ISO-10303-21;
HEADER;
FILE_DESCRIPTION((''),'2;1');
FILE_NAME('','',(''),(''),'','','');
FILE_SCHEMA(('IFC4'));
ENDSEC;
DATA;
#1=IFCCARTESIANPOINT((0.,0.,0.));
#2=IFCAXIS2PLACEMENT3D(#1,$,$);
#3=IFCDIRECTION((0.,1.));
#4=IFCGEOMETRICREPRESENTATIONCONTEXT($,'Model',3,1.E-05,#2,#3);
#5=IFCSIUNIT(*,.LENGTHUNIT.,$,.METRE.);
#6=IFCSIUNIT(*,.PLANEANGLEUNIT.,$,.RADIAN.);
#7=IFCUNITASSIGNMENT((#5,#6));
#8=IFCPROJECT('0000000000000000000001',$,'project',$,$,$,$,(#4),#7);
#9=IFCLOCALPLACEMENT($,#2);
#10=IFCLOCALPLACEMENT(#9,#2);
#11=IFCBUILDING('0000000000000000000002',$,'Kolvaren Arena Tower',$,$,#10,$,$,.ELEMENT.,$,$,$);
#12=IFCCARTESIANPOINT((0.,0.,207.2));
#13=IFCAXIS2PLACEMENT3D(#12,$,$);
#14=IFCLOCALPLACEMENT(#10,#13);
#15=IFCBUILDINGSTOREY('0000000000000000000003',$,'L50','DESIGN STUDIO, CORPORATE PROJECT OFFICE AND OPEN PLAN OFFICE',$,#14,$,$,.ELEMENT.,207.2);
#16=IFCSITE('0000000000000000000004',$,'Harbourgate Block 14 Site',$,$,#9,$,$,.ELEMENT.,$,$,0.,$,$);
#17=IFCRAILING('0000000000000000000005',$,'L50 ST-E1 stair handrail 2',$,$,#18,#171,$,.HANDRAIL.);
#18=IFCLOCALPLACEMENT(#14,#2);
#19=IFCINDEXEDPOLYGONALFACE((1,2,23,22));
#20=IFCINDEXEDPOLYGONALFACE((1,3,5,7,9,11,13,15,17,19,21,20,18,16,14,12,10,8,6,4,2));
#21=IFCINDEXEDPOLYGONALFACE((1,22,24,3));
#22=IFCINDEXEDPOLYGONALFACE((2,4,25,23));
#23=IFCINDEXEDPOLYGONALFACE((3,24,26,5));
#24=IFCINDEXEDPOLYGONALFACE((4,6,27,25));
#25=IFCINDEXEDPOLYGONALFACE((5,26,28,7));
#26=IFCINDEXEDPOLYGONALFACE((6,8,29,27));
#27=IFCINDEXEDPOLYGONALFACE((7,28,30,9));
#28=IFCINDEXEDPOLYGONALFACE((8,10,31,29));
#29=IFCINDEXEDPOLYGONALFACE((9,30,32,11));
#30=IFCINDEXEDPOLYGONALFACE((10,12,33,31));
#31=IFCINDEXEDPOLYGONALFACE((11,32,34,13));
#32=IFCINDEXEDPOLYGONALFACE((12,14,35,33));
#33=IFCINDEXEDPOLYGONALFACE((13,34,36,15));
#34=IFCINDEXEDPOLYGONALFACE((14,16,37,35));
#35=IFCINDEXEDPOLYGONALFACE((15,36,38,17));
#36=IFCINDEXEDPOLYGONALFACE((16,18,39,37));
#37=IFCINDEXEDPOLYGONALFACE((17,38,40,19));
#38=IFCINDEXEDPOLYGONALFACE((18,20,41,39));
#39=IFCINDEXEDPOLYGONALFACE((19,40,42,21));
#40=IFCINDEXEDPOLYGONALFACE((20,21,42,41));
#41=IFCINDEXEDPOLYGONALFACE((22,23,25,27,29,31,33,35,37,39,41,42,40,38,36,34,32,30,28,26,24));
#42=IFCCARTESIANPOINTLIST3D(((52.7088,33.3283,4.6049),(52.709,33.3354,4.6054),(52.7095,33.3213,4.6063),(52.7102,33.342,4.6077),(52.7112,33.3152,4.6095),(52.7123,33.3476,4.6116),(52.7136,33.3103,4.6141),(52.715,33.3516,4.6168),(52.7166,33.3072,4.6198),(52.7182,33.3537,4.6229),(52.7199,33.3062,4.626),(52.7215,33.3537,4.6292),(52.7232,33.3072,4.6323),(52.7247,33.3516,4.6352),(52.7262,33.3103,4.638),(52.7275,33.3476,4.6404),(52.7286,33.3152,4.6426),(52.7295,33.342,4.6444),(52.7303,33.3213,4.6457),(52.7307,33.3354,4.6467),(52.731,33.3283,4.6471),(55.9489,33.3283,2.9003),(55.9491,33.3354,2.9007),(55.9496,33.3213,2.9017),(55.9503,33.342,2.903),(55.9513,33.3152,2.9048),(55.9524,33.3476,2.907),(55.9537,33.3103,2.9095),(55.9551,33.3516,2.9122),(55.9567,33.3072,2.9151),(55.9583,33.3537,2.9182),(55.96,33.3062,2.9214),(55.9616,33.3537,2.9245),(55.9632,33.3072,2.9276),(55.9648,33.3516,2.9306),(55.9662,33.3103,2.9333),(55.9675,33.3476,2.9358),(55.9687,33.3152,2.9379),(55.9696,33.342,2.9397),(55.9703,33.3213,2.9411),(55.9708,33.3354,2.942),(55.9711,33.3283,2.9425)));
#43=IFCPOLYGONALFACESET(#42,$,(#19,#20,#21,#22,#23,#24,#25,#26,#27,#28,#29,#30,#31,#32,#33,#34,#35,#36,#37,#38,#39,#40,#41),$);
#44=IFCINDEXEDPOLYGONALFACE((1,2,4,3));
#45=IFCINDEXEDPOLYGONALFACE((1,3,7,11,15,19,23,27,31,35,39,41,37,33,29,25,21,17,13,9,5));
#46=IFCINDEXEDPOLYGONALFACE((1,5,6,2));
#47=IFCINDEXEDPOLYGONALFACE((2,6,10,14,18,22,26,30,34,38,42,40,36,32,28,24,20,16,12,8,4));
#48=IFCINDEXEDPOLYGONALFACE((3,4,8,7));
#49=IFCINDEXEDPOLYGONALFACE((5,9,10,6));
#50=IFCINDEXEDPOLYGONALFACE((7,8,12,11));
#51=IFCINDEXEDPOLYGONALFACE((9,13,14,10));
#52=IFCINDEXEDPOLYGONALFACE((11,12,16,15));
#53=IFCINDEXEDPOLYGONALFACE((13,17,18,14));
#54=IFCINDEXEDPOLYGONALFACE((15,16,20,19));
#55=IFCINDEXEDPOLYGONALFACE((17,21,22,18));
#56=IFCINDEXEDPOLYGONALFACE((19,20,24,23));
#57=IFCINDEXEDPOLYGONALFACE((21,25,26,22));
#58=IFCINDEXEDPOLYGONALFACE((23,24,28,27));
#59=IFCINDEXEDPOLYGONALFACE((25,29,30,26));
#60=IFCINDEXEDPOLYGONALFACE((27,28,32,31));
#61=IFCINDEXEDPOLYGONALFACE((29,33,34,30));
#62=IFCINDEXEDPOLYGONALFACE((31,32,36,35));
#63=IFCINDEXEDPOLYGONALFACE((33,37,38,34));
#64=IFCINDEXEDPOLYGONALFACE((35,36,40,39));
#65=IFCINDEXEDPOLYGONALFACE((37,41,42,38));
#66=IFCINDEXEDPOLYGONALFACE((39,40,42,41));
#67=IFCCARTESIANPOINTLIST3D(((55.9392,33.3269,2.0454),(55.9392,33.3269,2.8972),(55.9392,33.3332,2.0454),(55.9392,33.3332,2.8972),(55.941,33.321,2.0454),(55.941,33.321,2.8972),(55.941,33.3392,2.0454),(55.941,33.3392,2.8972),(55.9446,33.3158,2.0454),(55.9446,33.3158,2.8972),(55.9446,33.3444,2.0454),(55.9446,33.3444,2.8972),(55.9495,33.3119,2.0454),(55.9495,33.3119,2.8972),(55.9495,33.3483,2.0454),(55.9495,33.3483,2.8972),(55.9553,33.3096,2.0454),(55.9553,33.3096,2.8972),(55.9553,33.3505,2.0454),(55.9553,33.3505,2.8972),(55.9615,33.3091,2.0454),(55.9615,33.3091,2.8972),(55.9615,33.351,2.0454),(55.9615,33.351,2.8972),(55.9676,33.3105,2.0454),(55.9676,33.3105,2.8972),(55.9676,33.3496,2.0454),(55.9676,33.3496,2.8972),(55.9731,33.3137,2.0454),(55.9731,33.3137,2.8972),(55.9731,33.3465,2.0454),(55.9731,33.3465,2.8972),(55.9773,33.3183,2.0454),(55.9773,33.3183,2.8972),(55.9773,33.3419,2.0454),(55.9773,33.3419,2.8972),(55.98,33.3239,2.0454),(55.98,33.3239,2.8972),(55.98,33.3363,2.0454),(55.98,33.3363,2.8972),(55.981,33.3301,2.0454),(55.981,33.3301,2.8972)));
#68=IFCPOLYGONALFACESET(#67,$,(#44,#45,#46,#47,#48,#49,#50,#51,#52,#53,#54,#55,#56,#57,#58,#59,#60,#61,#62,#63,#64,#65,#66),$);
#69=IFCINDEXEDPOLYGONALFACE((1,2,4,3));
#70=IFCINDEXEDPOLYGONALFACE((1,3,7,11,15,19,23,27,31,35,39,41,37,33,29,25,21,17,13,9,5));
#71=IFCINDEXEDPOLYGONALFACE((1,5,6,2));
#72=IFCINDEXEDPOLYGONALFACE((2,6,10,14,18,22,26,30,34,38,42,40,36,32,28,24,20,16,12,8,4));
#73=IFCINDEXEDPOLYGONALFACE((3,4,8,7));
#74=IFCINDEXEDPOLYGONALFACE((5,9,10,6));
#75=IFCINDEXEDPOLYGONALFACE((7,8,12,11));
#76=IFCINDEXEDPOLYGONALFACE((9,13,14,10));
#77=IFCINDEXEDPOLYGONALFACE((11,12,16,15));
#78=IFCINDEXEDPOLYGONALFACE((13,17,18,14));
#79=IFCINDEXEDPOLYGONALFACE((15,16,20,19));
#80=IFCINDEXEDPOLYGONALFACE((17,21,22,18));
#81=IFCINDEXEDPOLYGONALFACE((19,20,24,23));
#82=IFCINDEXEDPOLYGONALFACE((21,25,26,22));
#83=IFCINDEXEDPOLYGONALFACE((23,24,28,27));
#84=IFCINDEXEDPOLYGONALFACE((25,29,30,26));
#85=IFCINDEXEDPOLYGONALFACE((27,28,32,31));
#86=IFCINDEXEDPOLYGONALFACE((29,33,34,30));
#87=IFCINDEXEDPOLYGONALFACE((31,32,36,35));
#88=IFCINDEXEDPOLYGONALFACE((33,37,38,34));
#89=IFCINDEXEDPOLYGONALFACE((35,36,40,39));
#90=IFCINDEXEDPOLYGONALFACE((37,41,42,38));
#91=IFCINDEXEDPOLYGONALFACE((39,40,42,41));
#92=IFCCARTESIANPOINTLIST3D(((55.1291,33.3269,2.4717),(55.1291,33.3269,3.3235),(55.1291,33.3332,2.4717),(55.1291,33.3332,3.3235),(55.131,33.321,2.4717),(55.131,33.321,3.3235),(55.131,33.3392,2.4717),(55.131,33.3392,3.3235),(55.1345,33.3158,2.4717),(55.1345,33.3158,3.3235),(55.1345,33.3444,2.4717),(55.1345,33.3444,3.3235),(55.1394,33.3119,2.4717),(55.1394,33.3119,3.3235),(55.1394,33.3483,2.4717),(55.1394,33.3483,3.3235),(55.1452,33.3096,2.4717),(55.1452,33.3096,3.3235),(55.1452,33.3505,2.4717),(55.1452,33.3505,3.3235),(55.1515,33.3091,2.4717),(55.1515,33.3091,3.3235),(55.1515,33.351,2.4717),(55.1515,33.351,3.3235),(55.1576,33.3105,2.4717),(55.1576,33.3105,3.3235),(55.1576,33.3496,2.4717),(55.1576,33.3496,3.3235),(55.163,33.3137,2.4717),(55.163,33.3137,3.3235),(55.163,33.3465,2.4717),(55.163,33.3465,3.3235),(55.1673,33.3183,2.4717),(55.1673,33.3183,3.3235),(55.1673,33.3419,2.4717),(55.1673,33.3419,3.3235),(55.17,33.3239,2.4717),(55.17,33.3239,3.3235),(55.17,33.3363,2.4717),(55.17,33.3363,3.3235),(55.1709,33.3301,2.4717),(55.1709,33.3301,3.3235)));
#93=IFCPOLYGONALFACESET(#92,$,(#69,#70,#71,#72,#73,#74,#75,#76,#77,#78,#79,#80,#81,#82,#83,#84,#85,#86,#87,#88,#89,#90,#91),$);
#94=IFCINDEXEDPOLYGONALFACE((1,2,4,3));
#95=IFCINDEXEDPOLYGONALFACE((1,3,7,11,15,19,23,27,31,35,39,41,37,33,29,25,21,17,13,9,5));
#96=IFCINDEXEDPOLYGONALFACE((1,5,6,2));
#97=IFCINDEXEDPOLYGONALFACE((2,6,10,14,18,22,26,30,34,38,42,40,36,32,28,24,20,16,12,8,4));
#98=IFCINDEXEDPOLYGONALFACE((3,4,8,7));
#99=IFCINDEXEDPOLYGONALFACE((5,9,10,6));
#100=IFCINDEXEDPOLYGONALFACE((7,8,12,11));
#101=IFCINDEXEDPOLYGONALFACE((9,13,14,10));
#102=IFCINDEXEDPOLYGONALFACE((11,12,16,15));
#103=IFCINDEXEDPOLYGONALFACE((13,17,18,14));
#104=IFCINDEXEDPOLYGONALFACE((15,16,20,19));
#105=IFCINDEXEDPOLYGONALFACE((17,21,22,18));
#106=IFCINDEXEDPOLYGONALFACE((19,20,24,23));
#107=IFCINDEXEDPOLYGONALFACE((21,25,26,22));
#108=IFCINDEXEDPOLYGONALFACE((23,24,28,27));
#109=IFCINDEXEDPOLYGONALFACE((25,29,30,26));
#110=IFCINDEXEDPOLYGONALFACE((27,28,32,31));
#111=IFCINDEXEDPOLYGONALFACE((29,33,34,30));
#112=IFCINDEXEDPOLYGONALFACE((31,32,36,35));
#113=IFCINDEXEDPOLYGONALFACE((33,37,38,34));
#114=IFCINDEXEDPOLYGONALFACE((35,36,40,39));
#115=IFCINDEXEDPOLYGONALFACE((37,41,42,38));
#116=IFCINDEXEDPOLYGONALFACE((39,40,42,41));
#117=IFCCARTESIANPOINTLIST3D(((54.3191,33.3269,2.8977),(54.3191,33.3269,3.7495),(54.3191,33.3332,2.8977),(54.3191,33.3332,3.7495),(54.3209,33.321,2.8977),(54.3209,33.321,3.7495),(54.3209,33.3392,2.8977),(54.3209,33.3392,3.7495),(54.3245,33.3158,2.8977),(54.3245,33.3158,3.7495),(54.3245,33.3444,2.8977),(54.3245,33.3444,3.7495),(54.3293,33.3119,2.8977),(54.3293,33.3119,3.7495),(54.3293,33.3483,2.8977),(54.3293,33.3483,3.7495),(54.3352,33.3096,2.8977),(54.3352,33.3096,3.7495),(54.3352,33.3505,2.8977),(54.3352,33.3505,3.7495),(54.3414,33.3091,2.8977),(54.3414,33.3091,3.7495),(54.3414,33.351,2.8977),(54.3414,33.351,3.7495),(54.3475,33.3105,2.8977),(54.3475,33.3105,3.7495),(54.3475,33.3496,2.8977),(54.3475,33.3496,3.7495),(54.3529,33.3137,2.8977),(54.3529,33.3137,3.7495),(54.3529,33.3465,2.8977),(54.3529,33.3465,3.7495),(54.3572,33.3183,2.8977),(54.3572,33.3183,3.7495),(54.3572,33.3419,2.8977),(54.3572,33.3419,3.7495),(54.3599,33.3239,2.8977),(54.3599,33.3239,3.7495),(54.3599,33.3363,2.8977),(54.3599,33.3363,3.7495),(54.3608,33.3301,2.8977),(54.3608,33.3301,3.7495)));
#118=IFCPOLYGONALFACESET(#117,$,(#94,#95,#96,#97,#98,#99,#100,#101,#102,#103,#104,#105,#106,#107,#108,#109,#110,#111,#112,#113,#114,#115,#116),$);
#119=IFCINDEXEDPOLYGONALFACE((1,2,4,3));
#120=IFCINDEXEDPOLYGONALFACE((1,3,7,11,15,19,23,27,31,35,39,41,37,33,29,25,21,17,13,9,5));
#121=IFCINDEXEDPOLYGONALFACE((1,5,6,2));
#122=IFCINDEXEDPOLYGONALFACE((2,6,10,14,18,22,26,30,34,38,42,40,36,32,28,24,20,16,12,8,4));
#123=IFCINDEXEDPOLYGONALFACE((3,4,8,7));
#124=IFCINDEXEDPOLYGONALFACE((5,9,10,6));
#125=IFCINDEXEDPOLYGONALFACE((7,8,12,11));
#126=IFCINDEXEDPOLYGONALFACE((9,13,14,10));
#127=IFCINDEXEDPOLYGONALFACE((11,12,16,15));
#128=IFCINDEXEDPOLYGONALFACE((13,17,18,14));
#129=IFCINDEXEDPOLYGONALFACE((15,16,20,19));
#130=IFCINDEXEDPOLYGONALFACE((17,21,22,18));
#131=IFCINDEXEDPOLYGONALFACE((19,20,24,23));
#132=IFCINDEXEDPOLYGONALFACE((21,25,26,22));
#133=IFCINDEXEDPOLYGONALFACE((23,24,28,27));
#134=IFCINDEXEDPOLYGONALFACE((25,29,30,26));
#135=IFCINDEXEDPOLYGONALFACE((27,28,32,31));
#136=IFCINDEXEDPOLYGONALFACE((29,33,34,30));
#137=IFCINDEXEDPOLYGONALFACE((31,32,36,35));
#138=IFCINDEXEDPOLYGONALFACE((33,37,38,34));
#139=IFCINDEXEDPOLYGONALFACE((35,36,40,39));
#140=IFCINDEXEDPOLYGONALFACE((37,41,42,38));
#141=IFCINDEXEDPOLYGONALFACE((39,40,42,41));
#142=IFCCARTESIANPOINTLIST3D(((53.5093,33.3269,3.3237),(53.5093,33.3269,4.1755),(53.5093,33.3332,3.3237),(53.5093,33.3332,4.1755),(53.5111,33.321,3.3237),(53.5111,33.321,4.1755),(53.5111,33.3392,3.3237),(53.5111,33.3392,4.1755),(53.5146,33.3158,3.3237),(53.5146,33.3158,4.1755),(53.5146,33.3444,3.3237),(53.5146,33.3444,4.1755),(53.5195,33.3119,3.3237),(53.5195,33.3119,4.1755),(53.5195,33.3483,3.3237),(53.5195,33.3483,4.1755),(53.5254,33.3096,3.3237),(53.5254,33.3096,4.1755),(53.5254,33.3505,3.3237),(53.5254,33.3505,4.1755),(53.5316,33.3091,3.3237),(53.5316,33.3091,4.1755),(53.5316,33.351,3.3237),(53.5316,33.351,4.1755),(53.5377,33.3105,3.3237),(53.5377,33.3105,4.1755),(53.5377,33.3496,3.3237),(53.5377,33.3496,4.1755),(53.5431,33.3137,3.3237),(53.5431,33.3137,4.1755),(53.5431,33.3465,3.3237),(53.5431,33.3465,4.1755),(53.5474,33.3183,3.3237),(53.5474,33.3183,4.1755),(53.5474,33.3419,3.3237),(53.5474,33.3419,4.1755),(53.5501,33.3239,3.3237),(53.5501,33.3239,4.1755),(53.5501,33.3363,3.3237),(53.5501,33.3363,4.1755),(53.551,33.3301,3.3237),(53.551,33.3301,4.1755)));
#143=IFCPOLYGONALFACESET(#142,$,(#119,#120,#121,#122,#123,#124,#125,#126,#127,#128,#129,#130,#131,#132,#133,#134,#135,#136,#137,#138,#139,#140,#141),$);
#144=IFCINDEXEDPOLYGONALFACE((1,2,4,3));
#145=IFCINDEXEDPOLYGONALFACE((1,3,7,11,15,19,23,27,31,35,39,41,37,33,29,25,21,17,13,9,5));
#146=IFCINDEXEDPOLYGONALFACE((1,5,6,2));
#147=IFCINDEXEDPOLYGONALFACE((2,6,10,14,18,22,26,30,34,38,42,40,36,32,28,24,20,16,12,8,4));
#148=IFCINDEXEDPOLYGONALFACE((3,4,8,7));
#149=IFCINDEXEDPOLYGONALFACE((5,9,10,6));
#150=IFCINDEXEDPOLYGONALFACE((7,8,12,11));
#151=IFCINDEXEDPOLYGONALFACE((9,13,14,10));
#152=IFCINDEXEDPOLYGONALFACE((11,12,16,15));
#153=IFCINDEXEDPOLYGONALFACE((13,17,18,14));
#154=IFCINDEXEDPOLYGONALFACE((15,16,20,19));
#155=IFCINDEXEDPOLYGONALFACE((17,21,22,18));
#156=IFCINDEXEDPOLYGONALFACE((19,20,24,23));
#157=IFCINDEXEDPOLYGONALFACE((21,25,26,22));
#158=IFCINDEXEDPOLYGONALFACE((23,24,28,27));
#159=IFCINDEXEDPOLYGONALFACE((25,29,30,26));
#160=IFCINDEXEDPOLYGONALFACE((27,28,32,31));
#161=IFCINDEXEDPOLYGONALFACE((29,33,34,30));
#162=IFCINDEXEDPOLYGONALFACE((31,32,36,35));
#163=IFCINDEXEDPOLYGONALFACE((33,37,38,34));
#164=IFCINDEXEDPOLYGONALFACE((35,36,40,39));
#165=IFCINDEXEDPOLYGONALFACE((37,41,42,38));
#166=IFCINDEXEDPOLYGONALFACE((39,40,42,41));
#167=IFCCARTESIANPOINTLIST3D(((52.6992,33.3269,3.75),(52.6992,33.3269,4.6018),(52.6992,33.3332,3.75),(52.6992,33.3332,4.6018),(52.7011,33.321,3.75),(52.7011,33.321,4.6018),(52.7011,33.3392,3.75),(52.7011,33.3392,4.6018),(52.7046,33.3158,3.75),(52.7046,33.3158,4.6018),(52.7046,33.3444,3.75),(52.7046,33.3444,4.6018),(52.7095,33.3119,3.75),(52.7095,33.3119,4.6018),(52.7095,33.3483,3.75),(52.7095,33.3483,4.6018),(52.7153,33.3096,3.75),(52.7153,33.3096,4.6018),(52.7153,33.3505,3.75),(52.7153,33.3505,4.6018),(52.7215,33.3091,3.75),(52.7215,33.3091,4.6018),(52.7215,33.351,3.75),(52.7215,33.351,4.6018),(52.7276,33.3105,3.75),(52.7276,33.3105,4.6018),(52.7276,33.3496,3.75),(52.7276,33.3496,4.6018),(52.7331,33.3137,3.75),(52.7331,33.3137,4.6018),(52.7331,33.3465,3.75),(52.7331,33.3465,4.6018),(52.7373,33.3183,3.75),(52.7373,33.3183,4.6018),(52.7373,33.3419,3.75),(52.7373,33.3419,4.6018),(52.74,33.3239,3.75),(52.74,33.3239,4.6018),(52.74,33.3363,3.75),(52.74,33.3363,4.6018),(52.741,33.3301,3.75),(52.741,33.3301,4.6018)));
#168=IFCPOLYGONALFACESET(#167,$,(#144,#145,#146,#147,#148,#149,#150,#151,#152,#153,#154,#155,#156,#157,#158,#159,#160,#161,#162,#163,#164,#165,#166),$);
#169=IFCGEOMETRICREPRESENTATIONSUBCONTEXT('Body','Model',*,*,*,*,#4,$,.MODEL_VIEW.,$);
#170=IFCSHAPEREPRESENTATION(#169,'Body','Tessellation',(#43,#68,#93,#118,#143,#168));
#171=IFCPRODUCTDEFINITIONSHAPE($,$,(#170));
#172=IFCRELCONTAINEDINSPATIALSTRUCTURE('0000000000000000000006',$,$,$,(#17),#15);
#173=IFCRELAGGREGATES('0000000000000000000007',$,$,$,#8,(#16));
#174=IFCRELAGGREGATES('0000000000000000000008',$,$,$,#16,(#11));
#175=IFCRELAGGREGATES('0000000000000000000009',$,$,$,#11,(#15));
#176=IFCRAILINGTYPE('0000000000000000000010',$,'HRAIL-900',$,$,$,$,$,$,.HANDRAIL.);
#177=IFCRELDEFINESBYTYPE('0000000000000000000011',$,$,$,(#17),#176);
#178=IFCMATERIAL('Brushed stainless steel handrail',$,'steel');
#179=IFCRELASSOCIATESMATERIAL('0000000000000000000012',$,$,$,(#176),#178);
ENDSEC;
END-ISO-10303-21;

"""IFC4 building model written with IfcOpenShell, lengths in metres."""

from ifc_helpers import new_model, si_unit, direction, frame, origin, origin_2d, place, context, subcontext, project, spatial, circle, extrude, material, type_object, element, save


model = new_model("IFC4")

# Units and contexts
model_context = context("Model", 3, precision=1e-05, world=origin(), true_north=direction((0.0, 1.0)))
body_context = subcontext(model_context, "Body", "Model", "MODEL_VIEW")
ifc_project = project(units=[si_unit("LENGTHUNIT", "METRE"), si_unit("PLANEANGLEUNIT", "RADIAN")], contexts=[model_context])

# Site, building, storey
site_placement = place(None, origin())
site = spatial("IfcSite", under=ifc_project, at=site_placement, Name="Harbourgate Block 14 Site", CompositionType="ELEMENT", RefElevation=0.0)
building_placement = place(site_placement, origin())
building = spatial("IfcBuilding", under=site, at=building_placement, Name="Kolvaren Arena Tower", CompositionType="ELEMENT")
storey_placement = place(building_placement, frame((0.0, 0.0, 207.2)))
storey = spatial("IfcBuildingStorey", under=building, at=storey_placement, Name="L50", Description="DESIGN STUDIO, CORPORATE PROJECT OFFICE AND OPEN PLAN OFFICE", CompositionType="ELEMENT", Elevation=207.2)

# Railing
ifc_material_1 = material(Name="Brushed stainless steel handrail", Category="steel")
railing_type_1 = type_object("IfcRailingType", Name="HRAIL-900", PredefinedType="HANDRAIL", material=ifc_material_1)
railing_1_placement = place(storey_placement, frame((55.96, 33.3301, 2.0454)))
element("IfcRailing", 1, at=railing_1_placement, inside=storey, type_object=railing_type_1, Name="L50 ST-E1 stair handrail 2", PredefinedType="HANDRAIL", context=body_context, shape_type="SweptSolid", body=[
    extrude(circle(Radius=0.0239, at=origin_2d()), frame((0.0, 0.0, 0.876), z_axis=(-0.884993, 0.0, 0.465604), x_axis=(0.0, -1.0, 0.0)), (0.0, 0.0, 1.0), 3.6611),
    extrude(circle(Radius=0.021, at=origin_2d()), origin(), (0.0, 0.0, 1.0), 0.8518),
    extrude(circle(Radius=0.021, at=origin_2d()), frame((-0.8101, 0.0, 0.4263)), (0.0, 0.0, 1.0), 0.8518),
    extrude(circle(Radius=0.021, at=origin_2d()), frame((-1.6201, 0.0, 0.8523)), (0.0, 0.0, 1.0), 0.8518),
    extrude(circle(Radius=0.021, at=origin_2d()), frame((-2.4299, 0.0, 1.2783)), (0.0, 0.0, 1.0), 0.8518),
    extrude(circle(Radius=0.021, at=origin_2d()), frame((-3.24, 0.0, 1.7046)), (0.0, 0.0, 1.0), 0.8518),
])

save(model, "model.ifc")
